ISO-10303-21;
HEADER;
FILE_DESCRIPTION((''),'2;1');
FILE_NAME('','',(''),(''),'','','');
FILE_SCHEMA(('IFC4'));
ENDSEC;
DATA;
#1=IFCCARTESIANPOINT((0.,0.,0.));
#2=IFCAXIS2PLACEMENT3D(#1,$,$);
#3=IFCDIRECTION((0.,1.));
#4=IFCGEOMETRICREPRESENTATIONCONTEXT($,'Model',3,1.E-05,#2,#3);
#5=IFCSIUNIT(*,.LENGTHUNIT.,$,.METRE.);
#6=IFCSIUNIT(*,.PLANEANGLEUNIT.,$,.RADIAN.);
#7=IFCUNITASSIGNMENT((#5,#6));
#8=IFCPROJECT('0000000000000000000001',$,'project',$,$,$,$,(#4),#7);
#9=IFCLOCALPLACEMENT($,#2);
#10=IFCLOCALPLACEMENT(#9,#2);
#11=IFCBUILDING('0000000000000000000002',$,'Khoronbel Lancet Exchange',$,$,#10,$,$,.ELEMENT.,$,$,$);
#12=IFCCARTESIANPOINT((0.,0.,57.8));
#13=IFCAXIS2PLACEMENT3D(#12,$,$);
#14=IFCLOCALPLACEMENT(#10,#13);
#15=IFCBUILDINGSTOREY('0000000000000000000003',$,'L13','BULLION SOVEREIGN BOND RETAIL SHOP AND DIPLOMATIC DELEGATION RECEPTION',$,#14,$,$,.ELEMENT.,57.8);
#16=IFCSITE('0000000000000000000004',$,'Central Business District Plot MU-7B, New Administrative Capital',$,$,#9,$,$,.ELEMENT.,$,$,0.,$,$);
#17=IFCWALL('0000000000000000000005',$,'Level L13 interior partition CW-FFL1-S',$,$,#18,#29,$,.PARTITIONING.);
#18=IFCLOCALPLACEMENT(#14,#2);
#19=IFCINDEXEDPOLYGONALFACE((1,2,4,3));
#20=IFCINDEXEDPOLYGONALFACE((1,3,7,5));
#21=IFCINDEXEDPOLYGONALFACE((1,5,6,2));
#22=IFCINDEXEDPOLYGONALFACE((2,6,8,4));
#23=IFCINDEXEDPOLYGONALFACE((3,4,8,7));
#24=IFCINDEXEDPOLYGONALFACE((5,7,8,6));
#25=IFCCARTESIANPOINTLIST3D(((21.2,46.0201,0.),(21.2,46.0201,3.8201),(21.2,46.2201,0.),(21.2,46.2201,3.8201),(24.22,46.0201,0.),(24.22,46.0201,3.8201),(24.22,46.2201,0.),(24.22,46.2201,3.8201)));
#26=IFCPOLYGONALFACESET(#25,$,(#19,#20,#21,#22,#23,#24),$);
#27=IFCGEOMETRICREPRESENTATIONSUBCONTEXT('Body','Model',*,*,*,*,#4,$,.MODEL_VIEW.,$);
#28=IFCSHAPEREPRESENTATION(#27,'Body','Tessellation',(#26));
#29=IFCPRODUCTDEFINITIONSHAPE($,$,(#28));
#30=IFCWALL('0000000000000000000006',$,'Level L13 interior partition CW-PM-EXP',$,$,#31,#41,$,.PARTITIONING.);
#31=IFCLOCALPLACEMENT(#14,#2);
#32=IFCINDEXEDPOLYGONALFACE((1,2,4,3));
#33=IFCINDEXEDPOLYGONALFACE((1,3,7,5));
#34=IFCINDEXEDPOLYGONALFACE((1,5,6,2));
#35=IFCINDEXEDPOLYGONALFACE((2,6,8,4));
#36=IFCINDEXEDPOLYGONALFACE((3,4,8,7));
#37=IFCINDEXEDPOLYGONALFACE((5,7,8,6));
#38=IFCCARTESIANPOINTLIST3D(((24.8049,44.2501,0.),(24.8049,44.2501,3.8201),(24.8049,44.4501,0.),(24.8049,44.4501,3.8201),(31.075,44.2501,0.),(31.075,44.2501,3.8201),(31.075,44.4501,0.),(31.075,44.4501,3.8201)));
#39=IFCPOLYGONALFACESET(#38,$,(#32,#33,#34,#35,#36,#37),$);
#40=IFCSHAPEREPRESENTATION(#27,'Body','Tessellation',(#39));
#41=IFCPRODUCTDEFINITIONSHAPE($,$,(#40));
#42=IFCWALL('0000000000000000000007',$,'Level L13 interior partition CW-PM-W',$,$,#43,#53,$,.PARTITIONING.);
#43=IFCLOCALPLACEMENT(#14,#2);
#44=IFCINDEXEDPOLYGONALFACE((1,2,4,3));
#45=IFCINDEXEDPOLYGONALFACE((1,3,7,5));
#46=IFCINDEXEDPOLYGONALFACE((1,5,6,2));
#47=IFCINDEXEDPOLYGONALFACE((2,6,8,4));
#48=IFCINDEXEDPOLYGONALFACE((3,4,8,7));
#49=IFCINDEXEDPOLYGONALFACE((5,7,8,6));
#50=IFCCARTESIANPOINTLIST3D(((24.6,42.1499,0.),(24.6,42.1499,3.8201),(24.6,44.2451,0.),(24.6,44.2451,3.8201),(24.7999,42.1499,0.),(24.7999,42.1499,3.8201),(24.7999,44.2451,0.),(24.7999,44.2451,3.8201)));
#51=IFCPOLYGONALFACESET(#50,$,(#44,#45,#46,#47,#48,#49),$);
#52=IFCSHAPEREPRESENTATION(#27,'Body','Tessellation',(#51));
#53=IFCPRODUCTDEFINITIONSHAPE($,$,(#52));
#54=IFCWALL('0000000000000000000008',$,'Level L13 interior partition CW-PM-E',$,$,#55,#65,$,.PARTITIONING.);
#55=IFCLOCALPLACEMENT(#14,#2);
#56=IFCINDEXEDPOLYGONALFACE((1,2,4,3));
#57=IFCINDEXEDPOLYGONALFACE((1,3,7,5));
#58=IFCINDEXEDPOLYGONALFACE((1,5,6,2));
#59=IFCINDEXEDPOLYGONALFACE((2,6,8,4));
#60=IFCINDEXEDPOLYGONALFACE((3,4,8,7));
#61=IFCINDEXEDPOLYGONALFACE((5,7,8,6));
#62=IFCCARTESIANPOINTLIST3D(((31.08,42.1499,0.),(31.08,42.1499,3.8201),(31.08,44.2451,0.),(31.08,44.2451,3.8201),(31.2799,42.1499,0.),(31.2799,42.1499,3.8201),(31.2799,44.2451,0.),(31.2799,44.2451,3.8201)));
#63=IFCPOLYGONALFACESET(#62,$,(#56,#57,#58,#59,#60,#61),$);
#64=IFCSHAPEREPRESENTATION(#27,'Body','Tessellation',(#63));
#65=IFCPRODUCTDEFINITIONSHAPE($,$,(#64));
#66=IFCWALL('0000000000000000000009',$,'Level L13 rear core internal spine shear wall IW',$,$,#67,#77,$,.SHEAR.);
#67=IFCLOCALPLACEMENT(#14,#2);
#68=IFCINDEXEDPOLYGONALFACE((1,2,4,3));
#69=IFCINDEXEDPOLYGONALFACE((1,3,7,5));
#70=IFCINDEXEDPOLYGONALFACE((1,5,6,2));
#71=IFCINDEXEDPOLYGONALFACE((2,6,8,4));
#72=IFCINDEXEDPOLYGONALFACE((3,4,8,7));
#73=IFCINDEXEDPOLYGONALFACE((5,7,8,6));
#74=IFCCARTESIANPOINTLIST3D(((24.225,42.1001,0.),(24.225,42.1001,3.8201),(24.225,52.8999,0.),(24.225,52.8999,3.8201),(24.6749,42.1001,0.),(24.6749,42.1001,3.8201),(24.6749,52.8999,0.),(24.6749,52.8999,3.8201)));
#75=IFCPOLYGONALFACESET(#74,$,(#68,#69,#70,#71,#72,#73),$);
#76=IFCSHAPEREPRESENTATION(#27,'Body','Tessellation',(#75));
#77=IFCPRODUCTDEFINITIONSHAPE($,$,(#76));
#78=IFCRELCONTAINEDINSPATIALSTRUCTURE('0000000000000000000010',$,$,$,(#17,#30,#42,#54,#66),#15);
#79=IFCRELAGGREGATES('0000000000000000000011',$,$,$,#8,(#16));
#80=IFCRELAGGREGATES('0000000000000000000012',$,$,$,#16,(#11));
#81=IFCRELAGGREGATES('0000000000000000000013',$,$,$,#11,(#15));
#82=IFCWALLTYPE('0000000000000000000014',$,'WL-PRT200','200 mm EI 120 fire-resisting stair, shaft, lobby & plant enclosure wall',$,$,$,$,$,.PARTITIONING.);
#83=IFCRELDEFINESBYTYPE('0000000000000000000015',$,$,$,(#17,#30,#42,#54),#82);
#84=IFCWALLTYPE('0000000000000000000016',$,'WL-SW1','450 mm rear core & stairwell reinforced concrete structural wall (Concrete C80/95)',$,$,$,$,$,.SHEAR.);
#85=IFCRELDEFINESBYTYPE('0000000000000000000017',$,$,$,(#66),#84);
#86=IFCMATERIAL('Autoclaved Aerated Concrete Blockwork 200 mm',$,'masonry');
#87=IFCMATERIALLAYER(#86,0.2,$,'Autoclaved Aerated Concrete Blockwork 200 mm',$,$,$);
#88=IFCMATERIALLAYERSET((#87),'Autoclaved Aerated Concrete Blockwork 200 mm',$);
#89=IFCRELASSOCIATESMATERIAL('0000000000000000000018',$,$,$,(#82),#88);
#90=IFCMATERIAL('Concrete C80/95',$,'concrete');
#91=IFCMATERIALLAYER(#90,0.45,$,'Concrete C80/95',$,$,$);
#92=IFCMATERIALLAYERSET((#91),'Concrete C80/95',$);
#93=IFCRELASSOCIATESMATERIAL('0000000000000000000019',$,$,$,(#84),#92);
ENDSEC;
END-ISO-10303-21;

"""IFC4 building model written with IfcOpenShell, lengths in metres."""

from ifc_helpers import new_model, si_unit, direction, frame, frame_2d, origin, place, context, subcontext, project, spatial, rectangle, extrude, material, layer, layer_set, type_object, element, save


model = new_model("IFC4")

# Units and contexts
model_context = context("Model", 3, precision=1e-05, world=origin(), true_north=direction((0.0, 1.0)))
body_context = subcontext(model_context, "Body", "Model", "MODEL_VIEW")
ifc_project = project(units=[si_unit("LENGTHUNIT", "METRE"), si_unit("PLANEANGLEUNIT", "RADIAN")], contexts=[model_context])

# Site, building, storey
site_placement = place(None, origin())
site = spatial("IfcSite", under=ifc_project, at=site_placement, Name="Central Business District Plot MU-7B, New Administrative Capital", CompositionType="ELEMENT", RefElevation=0.0)
building_placement = place(site_placement, origin())
building = spatial("IfcBuilding", under=site, at=building_placement, Name="Khoronbel Lancet Exchange", CompositionType="ELEMENT")
storey_placement = place(building_placement, frame((0.0, 0.0, 57.8)))
storey = spatial("IfcBuildingStorey", under=building, at=storey_placement, Name="L13", Description="BULLION SOVEREIGN BOND RETAIL SHOP AND DIPLOMATIC DELEGATION RECEPTION", CompositionType="ELEMENT", Elevation=57.8)

# Shared definitions
ifc_material_1 = material(Name="Concrete C80/95", Category="concrete")

# Shared definitions
ifc_material_2 = material(Name="Autoclaved Aerated Concrete Blockwork 200 mm", Category="masonry")
ifc_layer_1 = layer(ifc_material_2, 0.2, Name="Autoclaved Aerated Concrete Blockwork 200 mm")
ifc_layer_set_1 = layer_set([ifc_layer_1], Name="Autoclaved Aerated Concrete Blockwork 200 mm")
wall_type_1 = type_object("IfcWallType", Name="WL-PRT200", Description="200 mm EI 120 fire-resisting stair, shaft, lobby & plant enclosure wall", PredefinedType="PARTITIONING", material=ifc_layer_set_1)

# Wall
wall_1_placement = place(storey_placement, frame((21.2, 46.1201, 0.0), z_axis=(0.0, 0.0, 1.0), x_axis=(1.0, 0.0, 0.0)))
element("IfcWall", 1, at=wall_1_placement, inside=storey, type_object=wall_type_1, Name="Level L13 interior partition CW-FFL1-S", PredefinedType="PARTITIONING", context=body_context, shape_type="SweptSolid", body=[
    extrude(rectangle(XDim=3.02, YDim=0.2, at=frame_2d((1.51, 0.0))), origin(), (0.0, 0.0, 1.0), 3.8201),
])

# Walls
wall_2_placement = place(storey_placement, frame((24.8049, 44.3501, 0.0), z_axis=(0.0, 0.0, 1.0), x_axis=(1.0, 0.0, 0.0)))
element("IfcWall", 2, at=wall_2_placement, inside=storey, type_object=wall_type_1, Name="Level L13 interior partition CW-PM-EXP", PredefinedType="PARTITIONING", context=body_context, shape_type="SweptSolid", body=[
    extrude(rectangle(XDim=6.27, YDim=0.2, at=frame_2d((3.135, 0.0))), origin(), (0.0, 0.0, 1.0), 3.8201),
])
for number, where, z_axis, x_axis, name in (
    (3, (24.7, 42.1499, 0.0), (0.0, 0.0, 1.0), (0.0, 1.0, 0.0), "Level L13 interior partition CW-PM-W"),
    (4, (31.1799, 42.1499, 0.0), (0.0, 0.0, 1.0), (0.0, 1.0, 0.0), "Level L13 interior partition CW-PM-E"),
):
    element("IfcWall", number, at=place(storey_placement, frame(where, z_axis=z_axis, x_axis=x_axis)), inside=storey, type_object=wall_type_1, Name=name, PredefinedType="PARTITIONING", context=body_context, shape_type="SweptSolid", body=[
        extrude(rectangle(XDim=2.0952, YDim=0.2, at=frame_2d((1.0476, 0.0))), origin(), (0.0, 0.0, 1.0), 3.8201),
    ])
ifc_layer_2 = layer(ifc_material_1, 0.45, Name="Concrete C80/95")
ifc_layer_set_2 = layer_set([ifc_layer_2], Name="Concrete C80/95")
wall_type_2 = type_object("IfcWallType", Name="WL-SW1", Description="450 mm rear core & stairwell reinforced concrete structural wall (Concrete C80/95)", PredefinedType="SHEAR", material=ifc_layer_set_2)
wall_3_placement = place(storey_placement, frame((24.45, 42.1001, 0.0), z_axis=(0.0, 0.0, 1.0), x_axis=(0.0, 1.0, 0.0)))
element("IfcWall", 5, at=wall_3_placement, inside=storey, type_object=wall_type_2, Name="Level L13 rear core internal spine shear wall IW", PredefinedType="SHEAR", context=body_context, shape_type="SweptSolid", body=[
    extrude(rectangle(XDim=10.7998, YDim=0.45, at=frame_2d((5.3999, 0.0))), origin(), (0.0, 0.0, 1.0), 3.8201),
])

save(model, "model.ifc")
